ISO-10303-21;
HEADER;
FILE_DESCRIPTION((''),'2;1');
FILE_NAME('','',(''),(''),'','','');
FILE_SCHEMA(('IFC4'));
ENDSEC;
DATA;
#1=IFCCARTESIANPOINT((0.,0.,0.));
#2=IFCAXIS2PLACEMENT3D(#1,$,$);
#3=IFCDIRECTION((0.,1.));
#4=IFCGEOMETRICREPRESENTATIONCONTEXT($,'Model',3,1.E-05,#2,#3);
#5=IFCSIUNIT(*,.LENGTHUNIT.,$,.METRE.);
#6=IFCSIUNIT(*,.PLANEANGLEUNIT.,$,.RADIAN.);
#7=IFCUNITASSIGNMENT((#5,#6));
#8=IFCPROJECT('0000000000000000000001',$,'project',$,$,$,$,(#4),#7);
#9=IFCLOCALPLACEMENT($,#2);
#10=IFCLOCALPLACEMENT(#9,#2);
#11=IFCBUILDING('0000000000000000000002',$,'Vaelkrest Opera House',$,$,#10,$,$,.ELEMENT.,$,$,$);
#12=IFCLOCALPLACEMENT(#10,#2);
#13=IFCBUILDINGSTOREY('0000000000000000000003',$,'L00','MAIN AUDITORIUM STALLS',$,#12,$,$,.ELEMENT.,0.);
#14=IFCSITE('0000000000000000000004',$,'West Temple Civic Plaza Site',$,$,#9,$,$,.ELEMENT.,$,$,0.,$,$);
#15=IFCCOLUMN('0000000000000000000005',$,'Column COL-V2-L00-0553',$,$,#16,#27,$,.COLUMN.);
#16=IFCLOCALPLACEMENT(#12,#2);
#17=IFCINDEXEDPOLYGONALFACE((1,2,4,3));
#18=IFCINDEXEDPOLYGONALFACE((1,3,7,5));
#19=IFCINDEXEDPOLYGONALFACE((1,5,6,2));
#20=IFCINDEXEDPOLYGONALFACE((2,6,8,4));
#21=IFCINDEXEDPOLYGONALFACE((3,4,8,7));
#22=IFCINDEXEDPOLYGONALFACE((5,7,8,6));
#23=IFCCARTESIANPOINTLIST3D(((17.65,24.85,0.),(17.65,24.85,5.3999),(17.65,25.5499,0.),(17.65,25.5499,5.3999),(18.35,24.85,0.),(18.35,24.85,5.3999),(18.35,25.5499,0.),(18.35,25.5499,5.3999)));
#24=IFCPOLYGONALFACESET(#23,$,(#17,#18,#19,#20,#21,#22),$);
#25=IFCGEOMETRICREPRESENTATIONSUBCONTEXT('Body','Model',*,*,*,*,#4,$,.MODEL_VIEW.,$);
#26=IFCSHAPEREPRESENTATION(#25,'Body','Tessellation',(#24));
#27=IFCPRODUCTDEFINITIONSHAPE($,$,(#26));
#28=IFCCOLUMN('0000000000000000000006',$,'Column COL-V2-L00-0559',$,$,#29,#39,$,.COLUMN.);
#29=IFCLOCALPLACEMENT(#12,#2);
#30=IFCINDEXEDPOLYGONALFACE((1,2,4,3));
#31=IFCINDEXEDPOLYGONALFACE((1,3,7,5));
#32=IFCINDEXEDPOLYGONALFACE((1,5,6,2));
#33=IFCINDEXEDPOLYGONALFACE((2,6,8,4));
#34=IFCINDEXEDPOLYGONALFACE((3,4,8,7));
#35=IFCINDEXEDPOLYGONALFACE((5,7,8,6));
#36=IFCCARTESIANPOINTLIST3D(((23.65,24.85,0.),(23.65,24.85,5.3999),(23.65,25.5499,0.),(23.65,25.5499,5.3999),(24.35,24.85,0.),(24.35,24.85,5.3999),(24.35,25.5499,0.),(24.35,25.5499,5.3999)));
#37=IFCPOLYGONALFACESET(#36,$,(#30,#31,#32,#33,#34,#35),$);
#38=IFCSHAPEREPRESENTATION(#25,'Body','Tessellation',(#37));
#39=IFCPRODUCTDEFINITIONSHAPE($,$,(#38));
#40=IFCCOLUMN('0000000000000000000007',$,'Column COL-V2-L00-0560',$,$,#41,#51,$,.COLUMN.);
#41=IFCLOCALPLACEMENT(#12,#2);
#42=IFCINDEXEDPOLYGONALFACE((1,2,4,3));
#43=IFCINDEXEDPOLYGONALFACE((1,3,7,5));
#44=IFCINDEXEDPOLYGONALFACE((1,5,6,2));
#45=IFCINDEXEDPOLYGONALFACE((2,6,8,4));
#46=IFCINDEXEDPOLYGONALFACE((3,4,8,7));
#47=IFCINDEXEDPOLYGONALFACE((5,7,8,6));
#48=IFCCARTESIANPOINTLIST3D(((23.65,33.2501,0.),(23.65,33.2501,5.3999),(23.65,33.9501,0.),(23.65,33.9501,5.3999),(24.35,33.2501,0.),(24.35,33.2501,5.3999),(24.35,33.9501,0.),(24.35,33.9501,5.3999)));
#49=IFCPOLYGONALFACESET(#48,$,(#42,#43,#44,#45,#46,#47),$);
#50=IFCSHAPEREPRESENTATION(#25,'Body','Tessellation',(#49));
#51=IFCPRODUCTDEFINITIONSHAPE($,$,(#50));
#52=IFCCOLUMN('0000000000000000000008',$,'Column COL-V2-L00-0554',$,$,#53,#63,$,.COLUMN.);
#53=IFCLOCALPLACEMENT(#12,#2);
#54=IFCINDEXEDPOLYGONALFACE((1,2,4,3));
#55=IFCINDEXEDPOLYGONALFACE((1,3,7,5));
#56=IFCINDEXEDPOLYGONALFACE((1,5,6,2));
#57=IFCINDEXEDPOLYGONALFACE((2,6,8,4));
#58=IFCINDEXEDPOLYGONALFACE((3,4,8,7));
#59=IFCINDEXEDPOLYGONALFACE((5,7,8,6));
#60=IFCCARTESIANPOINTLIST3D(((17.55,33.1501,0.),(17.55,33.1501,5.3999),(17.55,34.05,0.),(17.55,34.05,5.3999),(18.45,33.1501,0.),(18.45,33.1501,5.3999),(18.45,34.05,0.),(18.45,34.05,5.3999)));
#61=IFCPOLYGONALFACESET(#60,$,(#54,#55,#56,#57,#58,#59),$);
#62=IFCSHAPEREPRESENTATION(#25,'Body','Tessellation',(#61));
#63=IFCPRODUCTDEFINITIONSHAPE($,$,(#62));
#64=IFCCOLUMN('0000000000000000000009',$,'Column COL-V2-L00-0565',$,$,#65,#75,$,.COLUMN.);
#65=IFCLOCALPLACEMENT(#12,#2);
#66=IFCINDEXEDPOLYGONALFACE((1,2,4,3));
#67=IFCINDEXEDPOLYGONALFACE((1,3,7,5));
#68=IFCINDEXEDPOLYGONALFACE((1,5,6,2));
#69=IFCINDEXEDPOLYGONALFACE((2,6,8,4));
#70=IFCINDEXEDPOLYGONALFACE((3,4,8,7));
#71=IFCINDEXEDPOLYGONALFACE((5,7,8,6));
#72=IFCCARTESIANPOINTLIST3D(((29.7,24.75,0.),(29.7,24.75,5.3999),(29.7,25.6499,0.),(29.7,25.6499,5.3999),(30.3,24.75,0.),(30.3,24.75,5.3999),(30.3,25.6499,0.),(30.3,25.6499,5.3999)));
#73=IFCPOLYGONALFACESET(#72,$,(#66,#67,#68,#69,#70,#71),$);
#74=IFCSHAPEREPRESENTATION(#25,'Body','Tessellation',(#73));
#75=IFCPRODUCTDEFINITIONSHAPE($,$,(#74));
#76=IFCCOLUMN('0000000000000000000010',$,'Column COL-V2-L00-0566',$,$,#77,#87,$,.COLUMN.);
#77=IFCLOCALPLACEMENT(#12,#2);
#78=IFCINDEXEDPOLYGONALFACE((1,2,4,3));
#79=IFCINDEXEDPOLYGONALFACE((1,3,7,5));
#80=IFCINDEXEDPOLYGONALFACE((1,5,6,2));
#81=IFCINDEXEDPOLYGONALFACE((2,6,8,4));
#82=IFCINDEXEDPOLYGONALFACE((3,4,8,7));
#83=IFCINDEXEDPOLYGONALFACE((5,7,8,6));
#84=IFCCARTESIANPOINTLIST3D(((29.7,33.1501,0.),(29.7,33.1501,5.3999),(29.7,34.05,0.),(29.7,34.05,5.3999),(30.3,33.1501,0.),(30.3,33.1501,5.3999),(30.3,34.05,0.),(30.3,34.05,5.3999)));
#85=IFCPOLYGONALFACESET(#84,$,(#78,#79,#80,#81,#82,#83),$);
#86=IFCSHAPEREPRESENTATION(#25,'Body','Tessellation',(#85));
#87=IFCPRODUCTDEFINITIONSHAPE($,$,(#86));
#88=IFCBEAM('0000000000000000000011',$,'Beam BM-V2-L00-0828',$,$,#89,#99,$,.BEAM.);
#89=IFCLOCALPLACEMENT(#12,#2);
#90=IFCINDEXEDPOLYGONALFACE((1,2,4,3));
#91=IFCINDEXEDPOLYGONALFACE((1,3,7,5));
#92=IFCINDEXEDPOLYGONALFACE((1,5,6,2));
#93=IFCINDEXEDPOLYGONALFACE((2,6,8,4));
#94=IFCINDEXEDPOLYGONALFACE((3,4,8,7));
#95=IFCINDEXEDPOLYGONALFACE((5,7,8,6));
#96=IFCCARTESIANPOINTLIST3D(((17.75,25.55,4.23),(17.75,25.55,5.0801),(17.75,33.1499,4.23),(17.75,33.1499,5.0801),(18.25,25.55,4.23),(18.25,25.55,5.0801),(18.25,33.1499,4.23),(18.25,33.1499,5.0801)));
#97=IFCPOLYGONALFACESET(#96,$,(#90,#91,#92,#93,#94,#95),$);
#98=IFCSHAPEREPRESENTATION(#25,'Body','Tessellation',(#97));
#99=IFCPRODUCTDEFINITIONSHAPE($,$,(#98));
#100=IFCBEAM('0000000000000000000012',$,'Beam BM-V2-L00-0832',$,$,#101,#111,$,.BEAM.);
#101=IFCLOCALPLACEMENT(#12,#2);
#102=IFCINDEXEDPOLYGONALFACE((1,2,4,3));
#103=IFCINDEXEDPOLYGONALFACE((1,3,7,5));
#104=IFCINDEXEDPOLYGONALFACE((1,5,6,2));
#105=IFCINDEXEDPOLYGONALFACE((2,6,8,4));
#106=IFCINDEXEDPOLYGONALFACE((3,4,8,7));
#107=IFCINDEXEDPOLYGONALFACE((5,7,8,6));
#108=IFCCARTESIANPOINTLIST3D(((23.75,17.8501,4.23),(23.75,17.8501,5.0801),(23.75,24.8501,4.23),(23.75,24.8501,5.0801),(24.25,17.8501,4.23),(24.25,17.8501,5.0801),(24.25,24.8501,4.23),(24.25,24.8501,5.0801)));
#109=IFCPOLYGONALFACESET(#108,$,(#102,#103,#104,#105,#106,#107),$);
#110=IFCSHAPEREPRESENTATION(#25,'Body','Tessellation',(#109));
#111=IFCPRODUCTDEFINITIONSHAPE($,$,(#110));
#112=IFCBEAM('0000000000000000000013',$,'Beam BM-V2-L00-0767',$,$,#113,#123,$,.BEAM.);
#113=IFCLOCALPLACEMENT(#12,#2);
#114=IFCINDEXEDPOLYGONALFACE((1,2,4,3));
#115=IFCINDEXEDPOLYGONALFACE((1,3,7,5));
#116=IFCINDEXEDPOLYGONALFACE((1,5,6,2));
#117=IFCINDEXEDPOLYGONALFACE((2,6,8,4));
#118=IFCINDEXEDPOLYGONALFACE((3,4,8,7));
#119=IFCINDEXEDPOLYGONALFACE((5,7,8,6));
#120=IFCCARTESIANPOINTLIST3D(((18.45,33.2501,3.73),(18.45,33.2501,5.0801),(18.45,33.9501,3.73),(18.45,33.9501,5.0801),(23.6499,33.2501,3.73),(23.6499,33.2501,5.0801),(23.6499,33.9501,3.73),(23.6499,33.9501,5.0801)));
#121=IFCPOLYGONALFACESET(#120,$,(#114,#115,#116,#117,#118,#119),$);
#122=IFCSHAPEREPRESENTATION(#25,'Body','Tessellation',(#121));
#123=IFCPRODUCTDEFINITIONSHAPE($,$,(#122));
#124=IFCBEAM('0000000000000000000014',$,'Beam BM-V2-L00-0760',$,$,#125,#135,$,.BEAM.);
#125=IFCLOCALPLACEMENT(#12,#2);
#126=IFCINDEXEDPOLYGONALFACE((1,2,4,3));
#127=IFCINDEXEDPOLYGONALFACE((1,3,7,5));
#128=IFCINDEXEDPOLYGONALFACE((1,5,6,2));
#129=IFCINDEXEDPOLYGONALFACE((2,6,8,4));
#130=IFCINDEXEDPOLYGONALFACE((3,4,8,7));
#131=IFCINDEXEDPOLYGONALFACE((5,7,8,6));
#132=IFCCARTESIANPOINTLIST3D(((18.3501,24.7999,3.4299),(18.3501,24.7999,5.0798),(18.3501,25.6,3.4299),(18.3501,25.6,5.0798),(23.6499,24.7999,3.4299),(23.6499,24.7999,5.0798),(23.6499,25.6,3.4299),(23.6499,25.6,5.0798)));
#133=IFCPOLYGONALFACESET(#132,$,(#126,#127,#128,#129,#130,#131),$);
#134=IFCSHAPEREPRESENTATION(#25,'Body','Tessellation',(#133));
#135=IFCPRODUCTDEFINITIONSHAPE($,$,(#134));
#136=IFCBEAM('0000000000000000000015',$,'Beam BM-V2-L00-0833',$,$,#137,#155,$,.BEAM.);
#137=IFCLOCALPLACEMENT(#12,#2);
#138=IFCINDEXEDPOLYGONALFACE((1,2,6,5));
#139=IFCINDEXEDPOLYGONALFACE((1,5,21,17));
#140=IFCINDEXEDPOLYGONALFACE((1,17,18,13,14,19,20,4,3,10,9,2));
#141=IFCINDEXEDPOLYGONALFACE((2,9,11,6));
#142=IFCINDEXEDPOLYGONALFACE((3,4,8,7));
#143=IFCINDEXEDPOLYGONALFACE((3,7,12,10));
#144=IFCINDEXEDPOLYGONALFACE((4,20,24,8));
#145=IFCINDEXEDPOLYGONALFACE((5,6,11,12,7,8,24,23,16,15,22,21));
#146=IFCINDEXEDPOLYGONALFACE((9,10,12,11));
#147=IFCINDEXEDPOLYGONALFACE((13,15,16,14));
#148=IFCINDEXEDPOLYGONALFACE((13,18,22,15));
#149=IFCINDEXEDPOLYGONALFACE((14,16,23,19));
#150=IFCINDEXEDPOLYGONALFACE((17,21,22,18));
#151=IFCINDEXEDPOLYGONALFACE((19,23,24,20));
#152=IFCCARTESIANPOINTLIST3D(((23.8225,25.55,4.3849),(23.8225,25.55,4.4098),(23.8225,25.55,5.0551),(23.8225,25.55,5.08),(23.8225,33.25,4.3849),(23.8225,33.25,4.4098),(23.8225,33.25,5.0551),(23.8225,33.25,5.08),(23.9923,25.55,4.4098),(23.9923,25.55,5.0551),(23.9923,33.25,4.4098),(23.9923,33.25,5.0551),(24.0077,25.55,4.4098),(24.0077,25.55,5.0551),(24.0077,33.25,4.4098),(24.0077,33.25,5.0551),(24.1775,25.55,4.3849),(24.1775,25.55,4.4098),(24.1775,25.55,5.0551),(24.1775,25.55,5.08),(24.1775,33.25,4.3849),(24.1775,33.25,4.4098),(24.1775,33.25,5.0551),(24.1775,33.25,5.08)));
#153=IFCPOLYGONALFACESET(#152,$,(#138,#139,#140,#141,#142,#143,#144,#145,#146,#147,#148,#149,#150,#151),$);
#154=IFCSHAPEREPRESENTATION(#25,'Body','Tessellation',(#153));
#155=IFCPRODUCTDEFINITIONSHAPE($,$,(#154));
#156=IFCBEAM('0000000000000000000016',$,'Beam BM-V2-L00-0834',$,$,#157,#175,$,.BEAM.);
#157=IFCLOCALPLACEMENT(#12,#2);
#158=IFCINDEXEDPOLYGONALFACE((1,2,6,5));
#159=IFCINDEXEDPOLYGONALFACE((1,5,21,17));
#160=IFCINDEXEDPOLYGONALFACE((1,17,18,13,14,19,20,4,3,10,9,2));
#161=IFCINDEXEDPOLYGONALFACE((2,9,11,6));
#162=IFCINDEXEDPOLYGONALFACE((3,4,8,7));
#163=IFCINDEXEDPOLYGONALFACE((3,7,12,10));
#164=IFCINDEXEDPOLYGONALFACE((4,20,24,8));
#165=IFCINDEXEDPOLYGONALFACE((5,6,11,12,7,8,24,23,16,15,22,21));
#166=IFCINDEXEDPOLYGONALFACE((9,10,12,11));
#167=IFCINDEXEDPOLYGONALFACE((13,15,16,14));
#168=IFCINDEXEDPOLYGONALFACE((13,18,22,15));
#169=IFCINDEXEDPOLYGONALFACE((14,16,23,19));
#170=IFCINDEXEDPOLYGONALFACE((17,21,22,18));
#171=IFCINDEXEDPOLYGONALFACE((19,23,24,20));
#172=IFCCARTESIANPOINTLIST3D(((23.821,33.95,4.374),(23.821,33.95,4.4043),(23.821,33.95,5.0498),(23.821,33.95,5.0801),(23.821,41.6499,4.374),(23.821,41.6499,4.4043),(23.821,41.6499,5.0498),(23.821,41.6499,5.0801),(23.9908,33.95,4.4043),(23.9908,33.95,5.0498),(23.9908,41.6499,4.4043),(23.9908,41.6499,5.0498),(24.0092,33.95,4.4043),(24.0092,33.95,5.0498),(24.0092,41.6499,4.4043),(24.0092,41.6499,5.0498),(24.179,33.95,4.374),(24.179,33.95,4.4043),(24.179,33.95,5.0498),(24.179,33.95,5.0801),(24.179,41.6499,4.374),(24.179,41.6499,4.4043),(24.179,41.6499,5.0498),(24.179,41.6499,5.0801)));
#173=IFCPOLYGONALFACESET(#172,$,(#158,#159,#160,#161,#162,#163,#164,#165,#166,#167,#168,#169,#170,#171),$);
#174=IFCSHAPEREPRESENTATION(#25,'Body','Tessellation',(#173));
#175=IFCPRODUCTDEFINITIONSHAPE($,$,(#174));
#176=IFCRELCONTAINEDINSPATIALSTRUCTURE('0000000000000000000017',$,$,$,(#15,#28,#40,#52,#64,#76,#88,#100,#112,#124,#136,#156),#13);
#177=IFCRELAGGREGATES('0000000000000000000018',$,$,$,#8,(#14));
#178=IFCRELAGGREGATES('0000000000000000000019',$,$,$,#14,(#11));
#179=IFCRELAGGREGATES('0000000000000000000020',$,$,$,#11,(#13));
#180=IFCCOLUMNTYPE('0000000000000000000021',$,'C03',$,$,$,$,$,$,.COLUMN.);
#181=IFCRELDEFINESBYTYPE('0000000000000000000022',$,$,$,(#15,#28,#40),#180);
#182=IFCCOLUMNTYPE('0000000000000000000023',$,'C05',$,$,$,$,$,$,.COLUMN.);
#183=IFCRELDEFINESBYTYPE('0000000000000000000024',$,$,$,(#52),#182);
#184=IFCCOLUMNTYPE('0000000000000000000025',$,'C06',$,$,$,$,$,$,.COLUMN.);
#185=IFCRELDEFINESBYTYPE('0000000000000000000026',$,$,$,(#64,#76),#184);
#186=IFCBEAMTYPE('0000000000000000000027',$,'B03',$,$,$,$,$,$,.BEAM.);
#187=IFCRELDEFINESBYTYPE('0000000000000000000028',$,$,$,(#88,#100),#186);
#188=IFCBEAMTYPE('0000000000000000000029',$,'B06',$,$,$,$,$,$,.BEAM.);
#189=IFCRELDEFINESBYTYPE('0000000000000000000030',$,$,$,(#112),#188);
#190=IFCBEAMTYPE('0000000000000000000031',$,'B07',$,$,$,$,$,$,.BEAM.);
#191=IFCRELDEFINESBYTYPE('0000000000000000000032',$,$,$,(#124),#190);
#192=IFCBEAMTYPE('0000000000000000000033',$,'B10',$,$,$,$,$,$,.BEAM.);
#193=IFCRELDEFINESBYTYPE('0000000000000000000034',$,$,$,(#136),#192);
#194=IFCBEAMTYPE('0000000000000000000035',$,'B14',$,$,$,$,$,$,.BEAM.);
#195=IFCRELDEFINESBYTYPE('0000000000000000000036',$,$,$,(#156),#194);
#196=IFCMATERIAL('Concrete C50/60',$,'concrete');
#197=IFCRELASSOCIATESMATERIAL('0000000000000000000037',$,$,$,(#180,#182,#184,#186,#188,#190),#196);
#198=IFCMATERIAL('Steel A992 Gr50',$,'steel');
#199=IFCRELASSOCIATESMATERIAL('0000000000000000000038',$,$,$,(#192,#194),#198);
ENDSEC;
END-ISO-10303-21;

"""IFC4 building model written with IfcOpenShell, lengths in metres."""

from ifc_helpers import new_model, si_unit, direction, frame, origin, origin_2d, place, context, subcontext, project, spatial, rectangle, i_section, extrude, material, material_profile, profile_set, type_object, element, save


model = new_model("IFC4")

# Units and contexts
model_context = context("Model", 3, precision=1e-05, world=origin(), true_north=direction((0.0, 1.0)))
body_context = subcontext(model_context, "Body", "Model", "MODEL_VIEW")
ifc_project = project(units=[si_unit("LENGTHUNIT", "METRE"), si_unit("PLANEANGLEUNIT", "RADIAN")], contexts=[model_context])

# Site, building, storey
site_placement = place(None, origin())
site = spatial("IfcSite", under=ifc_project, at=site_placement, Name="West Temple Civic Plaza Site", CompositionType="ELEMENT", RefElevation=0.0)
building_placement = place(site_placement, origin())
building = spatial("IfcBuilding", under=site, at=building_placement, Name="Vaelkrest Opera House", CompositionType="ELEMENT")
storey_placement = place(building_placement, origin())
storey = spatial("IfcBuildingStorey", under=building, at=storey_placement, Name="L00", Description="MAIN AUDITORIUM STALLS", CompositionType="ELEMENT", Elevation=0.0)

# Columns
ifc_material_1 = material(Name="Concrete C50/60", Category="concrete")
ifc_material_profile_1 = material_profile(ifc_material_1, rectangle(XDim=0.7, YDim=0.7, at=origin_2d()), Name="RC700X700")
ifc_profile_set_1 = profile_set([ifc_material_profile_1], Name="Concrete C50/60")
column_type_1 = type_object("IfcColumnType", Name="C03", PredefinedType="COLUMN", material=ifc_profile_set_1)
for number, where, z_axis, x_axis, name in (
    (1, (18.0, 25.2, 0.0), (0.0, 0.0, 1.0), (1.0, 0.0, 0.0), "Column COL-V2-L00-0553"),
    (2, (24.0, 25.2, 0.0), (0.0, 0.0, 1.0), (1.0, 0.0, 0.0), "Column COL-V2-L00-0559"),
    (3, (24.0, 33.6001, 0.0), (0.0, 0.0, 1.0), (1.0, 0.0, 0.0), "Column COL-V2-L00-0560"),
):
    element("IfcColumn", number, at=place(storey_placement, frame(where, z_axis=z_axis, x_axis=x_axis)), inside=storey, type_object=column_type_1, Name=name, PredefinedType="COLUMN", context=body_context, shape_type="SweptSolid", body=[
        extrude(rectangle(XDim=0.7, YDim=0.7, at=origin_2d()), origin(), (0.0, 0.0, 1.0), 5.3999),
    ])
ifc_material_profile_2 = material_profile(ifc_material_1, rectangle(XDim=0.8999, YDim=0.8999, at=origin_2d()), Name="RC900X900")
ifc_profile_set_2 = profile_set([ifc_material_profile_2], Name="Concrete C50/60")
column_type_2 = type_object("IfcColumnType", Name="C05", PredefinedType="COLUMN", material=ifc_profile_set_2)
column_placement = place(storey_placement, frame((18.0, 33.6001, 0.0), z_axis=(0.0, 0.0, 1.0), x_axis=(1.0, 0.0, 0.0)))
element("IfcColumn", 4, at=column_placement, inside=storey, type_object=column_type_2, Name="Column COL-V2-L00-0554", PredefinedType="COLUMN", context=body_context, shape_type="SweptSolid", body=[
    extrude(rectangle(XDim=0.8999, YDim=0.8999, at=origin_2d()), origin(), (0.0, 0.0, 1.0), 5.3999),
])
ifc_material_profile_3 = material_profile(ifc_material_1, rectangle(XDim=0.6001, YDim=0.8999, at=origin_2d()), Name="RC600X900")
ifc_profile_set_3 = profile_set([ifc_material_profile_3], Name="Concrete C50/60")
column_type_3 = type_object("IfcColumnType", Name="C06", PredefinedType="COLUMN", material=ifc_profile_set_3)
for number, where, z_axis, x_axis, name in (
    (5, (30.0, 25.2, 0.0), (0.0, 0.0, 1.0), (1.0, 0.0, 0.0), "Column COL-V2-L00-0565"),
    (6, (30.0, 33.6001, 0.0), (0.0, 0.0, 1.0), (1.0, 0.0, 0.0), "Column COL-V2-L00-0566"),
):
    element("IfcColumn", number, at=place(storey_placement, frame(where, z_axis=z_axis, x_axis=x_axis)), inside=storey, type_object=column_type_3, Name=name, PredefinedType="COLUMN", context=body_context, shape_type="SweptSolid", body=[
        extrude(rectangle(XDim=0.6001, YDim=0.8999, at=origin_2d()), origin(), (0.0, 0.0, 1.0), 5.3999),
    ])

# Beams
ifc_material_profile_4 = material_profile(ifc_material_1, rectangle(XDim=0.5, YDim=0.8501, at=origin_2d()), Name="RCB500X850")
ifc_profile_set_4 = profile_set([ifc_material_profile_4], Name="Concrete C50/60")
beam_type_1 = type_object("IfcBeamType", Name="B03", PredefinedType="BEAM", material=ifc_profile_set_4)
beam_1_placement = place(storey_placement, frame((18.0, 25.55, 4.655), z_axis=(0.0, 1.0, 0.0), x_axis=(-1.0, 0.0, 0.0)))
element("IfcBeam", 7, at=beam_1_placement, inside=storey, type_object=beam_type_1, Name="Beam BM-V2-L00-0828", PredefinedType="BEAM", context=body_context, shape_type="SweptSolid", body=[
    extrude(rectangle(XDim=0.5, YDim=0.8501, at=origin_2d()), origin(), (0.0, 0.0, 1.0), 7.5999),
])
beam_2_placement = place(storey_placement, frame((24.0, 17.8501, 4.655), z_axis=(0.0, 1.0, 0.0), x_axis=(-1.0, 0.0, 0.0)))
element("IfcBeam", 8, at=beam_2_placement, inside=storey, type_object=beam_type_1, Name="Beam BM-V2-L00-0832", PredefinedType="BEAM", context=body_context, shape_type="SweptSolid", body=[
    extrude(rectangle(XDim=0.5, YDim=0.8501, at=origin_2d()), origin(), (0.0, 0.0, 1.0), 7.0),
])
ifc_material_profile_5 = material_profile(ifc_material_1, rectangle(XDim=0.7, YDim=1.3501, at=origin_2d()), Name="RCB700X1350")
ifc_profile_set_5 = profile_set([ifc_material_profile_5], Name="Concrete C50/60")
beam_type_2 = type_object("IfcBeamType", Name="B06", PredefinedType="BEAM", material=ifc_profile_set_5)
beam_3_placement = place(storey_placement, frame((18.45, 33.6001, 4.405), z_axis=(1.0, 0.0, 0.0), x_axis=(0.0, 1.0, 0.0)))
element("IfcBeam", 9, at=beam_3_placement, inside=storey, type_object=beam_type_2, Name="Beam BM-V2-L00-0767", PredefinedType="BEAM", context=body_context, shape_type="SweptSolid", body=[
    extrude(rectangle(XDim=0.7, YDim=1.3501, at=origin_2d()), origin(), (0.0, 0.0, 1.0), 5.2),
])
ifc_material_profile_6 = material_profile(ifc_material_1, rectangle(XDim=0.8, YDim=1.6499, at=origin_2d()), Name="RCB800X1650")
ifc_profile_set_6 = profile_set([ifc_material_profile_6], Name="Concrete C50/60")
beam_type_3 = type_object("IfcBeamType", Name="B07", PredefinedType="BEAM", material=ifc_profile_set_6)
beam_4_placement = place(storey_placement, frame((18.3501, 25.2, 4.2549), z_axis=(1.0, 0.0, 0.0), x_axis=(0.0, 1.0, 0.0)))
element("IfcBeam", 10, at=beam_4_placement, inside=storey, type_object=beam_type_3, Name="Beam BM-V2-L00-0760", PredefinedType="BEAM", context=body_context, shape_type="SweptSolid", body=[
    extrude(rectangle(XDim=0.8, YDim=1.6499, at=origin_2d()), origin(), (0.0, 0.0, 1.0), 5.2998),
])
ifc_material_2 = material(Name="Steel A992 Gr50", Category="steel")
ifc_material_profile_7 = material_profile(ifc_material_2, i_section(OverallWidth=0.355, OverallDepth=0.6951, WebThickness=0.0154, FlangeThickness=0.0249, at=origin_2d()), Name="W27X146")
ifc_profile_set_7 = profile_set([ifc_material_profile_7], Name="Steel A992 Gr50")
beam_type_4 = type_object("IfcBeamType", Name="B10", PredefinedType="BEAM", material=ifc_profile_set_7)
beam_5_placement = place(storey_placement, frame((24.0, 25.55, 4.7324), z_axis=(0.0, 1.0, 0.0), x_axis=(-1.0, 0.0, 0.0)))
element("IfcBeam", 11, at=beam_5_placement, inside=storey, type_object=beam_type_4, Name="Beam BM-V2-L00-0833", PredefinedType="BEAM", context=body_context, shape_type="SweptSolid", body=[
    extrude(i_section(OverallWidth=0.355, OverallDepth=0.6951, WebThickness=0.0154, FlangeThickness=0.0249, at=origin_2d()), origin(), (0.0, 0.0, 1.0), 7.7),
])
ifc_material_profile_8 = material_profile(ifc_material_2, i_section(OverallWidth=0.3579, OverallDepth=0.7061, WebThickness=0.0183, FlangeThickness=0.0303, at=origin_2d()), Name="W27X178")
ifc_profile_set_8 = profile_set([ifc_material_profile_8], Name="Steel A992 Gr50")
beam_type_5 = type_object("IfcBeamType", Name="B14", PredefinedType="BEAM", material=ifc_profile_set_8)
beam_6_placement = place(storey_placement, frame((24.0, 33.95, 4.7271), z_axis=(0.0, 1.0, 0.0), x_axis=(-1.0, 0.0, 0.0)))
element("IfcBeam", 12, at=beam_6_placement, inside=storey, type_object=beam_type_5, Name="Beam BM-V2-L00-0834", PredefinedType="BEAM", context=body_context, shape_type="SweptSolid", body=[
    extrude(i_section(OverallWidth=0.3579, OverallDepth=0.7061, WebThickness=0.0183, FlangeThickness=0.0303, at=origin_2d()), origin(), (0.0, 0.0, 1.0), 7.7),
])

save(model, "model.ifc")
